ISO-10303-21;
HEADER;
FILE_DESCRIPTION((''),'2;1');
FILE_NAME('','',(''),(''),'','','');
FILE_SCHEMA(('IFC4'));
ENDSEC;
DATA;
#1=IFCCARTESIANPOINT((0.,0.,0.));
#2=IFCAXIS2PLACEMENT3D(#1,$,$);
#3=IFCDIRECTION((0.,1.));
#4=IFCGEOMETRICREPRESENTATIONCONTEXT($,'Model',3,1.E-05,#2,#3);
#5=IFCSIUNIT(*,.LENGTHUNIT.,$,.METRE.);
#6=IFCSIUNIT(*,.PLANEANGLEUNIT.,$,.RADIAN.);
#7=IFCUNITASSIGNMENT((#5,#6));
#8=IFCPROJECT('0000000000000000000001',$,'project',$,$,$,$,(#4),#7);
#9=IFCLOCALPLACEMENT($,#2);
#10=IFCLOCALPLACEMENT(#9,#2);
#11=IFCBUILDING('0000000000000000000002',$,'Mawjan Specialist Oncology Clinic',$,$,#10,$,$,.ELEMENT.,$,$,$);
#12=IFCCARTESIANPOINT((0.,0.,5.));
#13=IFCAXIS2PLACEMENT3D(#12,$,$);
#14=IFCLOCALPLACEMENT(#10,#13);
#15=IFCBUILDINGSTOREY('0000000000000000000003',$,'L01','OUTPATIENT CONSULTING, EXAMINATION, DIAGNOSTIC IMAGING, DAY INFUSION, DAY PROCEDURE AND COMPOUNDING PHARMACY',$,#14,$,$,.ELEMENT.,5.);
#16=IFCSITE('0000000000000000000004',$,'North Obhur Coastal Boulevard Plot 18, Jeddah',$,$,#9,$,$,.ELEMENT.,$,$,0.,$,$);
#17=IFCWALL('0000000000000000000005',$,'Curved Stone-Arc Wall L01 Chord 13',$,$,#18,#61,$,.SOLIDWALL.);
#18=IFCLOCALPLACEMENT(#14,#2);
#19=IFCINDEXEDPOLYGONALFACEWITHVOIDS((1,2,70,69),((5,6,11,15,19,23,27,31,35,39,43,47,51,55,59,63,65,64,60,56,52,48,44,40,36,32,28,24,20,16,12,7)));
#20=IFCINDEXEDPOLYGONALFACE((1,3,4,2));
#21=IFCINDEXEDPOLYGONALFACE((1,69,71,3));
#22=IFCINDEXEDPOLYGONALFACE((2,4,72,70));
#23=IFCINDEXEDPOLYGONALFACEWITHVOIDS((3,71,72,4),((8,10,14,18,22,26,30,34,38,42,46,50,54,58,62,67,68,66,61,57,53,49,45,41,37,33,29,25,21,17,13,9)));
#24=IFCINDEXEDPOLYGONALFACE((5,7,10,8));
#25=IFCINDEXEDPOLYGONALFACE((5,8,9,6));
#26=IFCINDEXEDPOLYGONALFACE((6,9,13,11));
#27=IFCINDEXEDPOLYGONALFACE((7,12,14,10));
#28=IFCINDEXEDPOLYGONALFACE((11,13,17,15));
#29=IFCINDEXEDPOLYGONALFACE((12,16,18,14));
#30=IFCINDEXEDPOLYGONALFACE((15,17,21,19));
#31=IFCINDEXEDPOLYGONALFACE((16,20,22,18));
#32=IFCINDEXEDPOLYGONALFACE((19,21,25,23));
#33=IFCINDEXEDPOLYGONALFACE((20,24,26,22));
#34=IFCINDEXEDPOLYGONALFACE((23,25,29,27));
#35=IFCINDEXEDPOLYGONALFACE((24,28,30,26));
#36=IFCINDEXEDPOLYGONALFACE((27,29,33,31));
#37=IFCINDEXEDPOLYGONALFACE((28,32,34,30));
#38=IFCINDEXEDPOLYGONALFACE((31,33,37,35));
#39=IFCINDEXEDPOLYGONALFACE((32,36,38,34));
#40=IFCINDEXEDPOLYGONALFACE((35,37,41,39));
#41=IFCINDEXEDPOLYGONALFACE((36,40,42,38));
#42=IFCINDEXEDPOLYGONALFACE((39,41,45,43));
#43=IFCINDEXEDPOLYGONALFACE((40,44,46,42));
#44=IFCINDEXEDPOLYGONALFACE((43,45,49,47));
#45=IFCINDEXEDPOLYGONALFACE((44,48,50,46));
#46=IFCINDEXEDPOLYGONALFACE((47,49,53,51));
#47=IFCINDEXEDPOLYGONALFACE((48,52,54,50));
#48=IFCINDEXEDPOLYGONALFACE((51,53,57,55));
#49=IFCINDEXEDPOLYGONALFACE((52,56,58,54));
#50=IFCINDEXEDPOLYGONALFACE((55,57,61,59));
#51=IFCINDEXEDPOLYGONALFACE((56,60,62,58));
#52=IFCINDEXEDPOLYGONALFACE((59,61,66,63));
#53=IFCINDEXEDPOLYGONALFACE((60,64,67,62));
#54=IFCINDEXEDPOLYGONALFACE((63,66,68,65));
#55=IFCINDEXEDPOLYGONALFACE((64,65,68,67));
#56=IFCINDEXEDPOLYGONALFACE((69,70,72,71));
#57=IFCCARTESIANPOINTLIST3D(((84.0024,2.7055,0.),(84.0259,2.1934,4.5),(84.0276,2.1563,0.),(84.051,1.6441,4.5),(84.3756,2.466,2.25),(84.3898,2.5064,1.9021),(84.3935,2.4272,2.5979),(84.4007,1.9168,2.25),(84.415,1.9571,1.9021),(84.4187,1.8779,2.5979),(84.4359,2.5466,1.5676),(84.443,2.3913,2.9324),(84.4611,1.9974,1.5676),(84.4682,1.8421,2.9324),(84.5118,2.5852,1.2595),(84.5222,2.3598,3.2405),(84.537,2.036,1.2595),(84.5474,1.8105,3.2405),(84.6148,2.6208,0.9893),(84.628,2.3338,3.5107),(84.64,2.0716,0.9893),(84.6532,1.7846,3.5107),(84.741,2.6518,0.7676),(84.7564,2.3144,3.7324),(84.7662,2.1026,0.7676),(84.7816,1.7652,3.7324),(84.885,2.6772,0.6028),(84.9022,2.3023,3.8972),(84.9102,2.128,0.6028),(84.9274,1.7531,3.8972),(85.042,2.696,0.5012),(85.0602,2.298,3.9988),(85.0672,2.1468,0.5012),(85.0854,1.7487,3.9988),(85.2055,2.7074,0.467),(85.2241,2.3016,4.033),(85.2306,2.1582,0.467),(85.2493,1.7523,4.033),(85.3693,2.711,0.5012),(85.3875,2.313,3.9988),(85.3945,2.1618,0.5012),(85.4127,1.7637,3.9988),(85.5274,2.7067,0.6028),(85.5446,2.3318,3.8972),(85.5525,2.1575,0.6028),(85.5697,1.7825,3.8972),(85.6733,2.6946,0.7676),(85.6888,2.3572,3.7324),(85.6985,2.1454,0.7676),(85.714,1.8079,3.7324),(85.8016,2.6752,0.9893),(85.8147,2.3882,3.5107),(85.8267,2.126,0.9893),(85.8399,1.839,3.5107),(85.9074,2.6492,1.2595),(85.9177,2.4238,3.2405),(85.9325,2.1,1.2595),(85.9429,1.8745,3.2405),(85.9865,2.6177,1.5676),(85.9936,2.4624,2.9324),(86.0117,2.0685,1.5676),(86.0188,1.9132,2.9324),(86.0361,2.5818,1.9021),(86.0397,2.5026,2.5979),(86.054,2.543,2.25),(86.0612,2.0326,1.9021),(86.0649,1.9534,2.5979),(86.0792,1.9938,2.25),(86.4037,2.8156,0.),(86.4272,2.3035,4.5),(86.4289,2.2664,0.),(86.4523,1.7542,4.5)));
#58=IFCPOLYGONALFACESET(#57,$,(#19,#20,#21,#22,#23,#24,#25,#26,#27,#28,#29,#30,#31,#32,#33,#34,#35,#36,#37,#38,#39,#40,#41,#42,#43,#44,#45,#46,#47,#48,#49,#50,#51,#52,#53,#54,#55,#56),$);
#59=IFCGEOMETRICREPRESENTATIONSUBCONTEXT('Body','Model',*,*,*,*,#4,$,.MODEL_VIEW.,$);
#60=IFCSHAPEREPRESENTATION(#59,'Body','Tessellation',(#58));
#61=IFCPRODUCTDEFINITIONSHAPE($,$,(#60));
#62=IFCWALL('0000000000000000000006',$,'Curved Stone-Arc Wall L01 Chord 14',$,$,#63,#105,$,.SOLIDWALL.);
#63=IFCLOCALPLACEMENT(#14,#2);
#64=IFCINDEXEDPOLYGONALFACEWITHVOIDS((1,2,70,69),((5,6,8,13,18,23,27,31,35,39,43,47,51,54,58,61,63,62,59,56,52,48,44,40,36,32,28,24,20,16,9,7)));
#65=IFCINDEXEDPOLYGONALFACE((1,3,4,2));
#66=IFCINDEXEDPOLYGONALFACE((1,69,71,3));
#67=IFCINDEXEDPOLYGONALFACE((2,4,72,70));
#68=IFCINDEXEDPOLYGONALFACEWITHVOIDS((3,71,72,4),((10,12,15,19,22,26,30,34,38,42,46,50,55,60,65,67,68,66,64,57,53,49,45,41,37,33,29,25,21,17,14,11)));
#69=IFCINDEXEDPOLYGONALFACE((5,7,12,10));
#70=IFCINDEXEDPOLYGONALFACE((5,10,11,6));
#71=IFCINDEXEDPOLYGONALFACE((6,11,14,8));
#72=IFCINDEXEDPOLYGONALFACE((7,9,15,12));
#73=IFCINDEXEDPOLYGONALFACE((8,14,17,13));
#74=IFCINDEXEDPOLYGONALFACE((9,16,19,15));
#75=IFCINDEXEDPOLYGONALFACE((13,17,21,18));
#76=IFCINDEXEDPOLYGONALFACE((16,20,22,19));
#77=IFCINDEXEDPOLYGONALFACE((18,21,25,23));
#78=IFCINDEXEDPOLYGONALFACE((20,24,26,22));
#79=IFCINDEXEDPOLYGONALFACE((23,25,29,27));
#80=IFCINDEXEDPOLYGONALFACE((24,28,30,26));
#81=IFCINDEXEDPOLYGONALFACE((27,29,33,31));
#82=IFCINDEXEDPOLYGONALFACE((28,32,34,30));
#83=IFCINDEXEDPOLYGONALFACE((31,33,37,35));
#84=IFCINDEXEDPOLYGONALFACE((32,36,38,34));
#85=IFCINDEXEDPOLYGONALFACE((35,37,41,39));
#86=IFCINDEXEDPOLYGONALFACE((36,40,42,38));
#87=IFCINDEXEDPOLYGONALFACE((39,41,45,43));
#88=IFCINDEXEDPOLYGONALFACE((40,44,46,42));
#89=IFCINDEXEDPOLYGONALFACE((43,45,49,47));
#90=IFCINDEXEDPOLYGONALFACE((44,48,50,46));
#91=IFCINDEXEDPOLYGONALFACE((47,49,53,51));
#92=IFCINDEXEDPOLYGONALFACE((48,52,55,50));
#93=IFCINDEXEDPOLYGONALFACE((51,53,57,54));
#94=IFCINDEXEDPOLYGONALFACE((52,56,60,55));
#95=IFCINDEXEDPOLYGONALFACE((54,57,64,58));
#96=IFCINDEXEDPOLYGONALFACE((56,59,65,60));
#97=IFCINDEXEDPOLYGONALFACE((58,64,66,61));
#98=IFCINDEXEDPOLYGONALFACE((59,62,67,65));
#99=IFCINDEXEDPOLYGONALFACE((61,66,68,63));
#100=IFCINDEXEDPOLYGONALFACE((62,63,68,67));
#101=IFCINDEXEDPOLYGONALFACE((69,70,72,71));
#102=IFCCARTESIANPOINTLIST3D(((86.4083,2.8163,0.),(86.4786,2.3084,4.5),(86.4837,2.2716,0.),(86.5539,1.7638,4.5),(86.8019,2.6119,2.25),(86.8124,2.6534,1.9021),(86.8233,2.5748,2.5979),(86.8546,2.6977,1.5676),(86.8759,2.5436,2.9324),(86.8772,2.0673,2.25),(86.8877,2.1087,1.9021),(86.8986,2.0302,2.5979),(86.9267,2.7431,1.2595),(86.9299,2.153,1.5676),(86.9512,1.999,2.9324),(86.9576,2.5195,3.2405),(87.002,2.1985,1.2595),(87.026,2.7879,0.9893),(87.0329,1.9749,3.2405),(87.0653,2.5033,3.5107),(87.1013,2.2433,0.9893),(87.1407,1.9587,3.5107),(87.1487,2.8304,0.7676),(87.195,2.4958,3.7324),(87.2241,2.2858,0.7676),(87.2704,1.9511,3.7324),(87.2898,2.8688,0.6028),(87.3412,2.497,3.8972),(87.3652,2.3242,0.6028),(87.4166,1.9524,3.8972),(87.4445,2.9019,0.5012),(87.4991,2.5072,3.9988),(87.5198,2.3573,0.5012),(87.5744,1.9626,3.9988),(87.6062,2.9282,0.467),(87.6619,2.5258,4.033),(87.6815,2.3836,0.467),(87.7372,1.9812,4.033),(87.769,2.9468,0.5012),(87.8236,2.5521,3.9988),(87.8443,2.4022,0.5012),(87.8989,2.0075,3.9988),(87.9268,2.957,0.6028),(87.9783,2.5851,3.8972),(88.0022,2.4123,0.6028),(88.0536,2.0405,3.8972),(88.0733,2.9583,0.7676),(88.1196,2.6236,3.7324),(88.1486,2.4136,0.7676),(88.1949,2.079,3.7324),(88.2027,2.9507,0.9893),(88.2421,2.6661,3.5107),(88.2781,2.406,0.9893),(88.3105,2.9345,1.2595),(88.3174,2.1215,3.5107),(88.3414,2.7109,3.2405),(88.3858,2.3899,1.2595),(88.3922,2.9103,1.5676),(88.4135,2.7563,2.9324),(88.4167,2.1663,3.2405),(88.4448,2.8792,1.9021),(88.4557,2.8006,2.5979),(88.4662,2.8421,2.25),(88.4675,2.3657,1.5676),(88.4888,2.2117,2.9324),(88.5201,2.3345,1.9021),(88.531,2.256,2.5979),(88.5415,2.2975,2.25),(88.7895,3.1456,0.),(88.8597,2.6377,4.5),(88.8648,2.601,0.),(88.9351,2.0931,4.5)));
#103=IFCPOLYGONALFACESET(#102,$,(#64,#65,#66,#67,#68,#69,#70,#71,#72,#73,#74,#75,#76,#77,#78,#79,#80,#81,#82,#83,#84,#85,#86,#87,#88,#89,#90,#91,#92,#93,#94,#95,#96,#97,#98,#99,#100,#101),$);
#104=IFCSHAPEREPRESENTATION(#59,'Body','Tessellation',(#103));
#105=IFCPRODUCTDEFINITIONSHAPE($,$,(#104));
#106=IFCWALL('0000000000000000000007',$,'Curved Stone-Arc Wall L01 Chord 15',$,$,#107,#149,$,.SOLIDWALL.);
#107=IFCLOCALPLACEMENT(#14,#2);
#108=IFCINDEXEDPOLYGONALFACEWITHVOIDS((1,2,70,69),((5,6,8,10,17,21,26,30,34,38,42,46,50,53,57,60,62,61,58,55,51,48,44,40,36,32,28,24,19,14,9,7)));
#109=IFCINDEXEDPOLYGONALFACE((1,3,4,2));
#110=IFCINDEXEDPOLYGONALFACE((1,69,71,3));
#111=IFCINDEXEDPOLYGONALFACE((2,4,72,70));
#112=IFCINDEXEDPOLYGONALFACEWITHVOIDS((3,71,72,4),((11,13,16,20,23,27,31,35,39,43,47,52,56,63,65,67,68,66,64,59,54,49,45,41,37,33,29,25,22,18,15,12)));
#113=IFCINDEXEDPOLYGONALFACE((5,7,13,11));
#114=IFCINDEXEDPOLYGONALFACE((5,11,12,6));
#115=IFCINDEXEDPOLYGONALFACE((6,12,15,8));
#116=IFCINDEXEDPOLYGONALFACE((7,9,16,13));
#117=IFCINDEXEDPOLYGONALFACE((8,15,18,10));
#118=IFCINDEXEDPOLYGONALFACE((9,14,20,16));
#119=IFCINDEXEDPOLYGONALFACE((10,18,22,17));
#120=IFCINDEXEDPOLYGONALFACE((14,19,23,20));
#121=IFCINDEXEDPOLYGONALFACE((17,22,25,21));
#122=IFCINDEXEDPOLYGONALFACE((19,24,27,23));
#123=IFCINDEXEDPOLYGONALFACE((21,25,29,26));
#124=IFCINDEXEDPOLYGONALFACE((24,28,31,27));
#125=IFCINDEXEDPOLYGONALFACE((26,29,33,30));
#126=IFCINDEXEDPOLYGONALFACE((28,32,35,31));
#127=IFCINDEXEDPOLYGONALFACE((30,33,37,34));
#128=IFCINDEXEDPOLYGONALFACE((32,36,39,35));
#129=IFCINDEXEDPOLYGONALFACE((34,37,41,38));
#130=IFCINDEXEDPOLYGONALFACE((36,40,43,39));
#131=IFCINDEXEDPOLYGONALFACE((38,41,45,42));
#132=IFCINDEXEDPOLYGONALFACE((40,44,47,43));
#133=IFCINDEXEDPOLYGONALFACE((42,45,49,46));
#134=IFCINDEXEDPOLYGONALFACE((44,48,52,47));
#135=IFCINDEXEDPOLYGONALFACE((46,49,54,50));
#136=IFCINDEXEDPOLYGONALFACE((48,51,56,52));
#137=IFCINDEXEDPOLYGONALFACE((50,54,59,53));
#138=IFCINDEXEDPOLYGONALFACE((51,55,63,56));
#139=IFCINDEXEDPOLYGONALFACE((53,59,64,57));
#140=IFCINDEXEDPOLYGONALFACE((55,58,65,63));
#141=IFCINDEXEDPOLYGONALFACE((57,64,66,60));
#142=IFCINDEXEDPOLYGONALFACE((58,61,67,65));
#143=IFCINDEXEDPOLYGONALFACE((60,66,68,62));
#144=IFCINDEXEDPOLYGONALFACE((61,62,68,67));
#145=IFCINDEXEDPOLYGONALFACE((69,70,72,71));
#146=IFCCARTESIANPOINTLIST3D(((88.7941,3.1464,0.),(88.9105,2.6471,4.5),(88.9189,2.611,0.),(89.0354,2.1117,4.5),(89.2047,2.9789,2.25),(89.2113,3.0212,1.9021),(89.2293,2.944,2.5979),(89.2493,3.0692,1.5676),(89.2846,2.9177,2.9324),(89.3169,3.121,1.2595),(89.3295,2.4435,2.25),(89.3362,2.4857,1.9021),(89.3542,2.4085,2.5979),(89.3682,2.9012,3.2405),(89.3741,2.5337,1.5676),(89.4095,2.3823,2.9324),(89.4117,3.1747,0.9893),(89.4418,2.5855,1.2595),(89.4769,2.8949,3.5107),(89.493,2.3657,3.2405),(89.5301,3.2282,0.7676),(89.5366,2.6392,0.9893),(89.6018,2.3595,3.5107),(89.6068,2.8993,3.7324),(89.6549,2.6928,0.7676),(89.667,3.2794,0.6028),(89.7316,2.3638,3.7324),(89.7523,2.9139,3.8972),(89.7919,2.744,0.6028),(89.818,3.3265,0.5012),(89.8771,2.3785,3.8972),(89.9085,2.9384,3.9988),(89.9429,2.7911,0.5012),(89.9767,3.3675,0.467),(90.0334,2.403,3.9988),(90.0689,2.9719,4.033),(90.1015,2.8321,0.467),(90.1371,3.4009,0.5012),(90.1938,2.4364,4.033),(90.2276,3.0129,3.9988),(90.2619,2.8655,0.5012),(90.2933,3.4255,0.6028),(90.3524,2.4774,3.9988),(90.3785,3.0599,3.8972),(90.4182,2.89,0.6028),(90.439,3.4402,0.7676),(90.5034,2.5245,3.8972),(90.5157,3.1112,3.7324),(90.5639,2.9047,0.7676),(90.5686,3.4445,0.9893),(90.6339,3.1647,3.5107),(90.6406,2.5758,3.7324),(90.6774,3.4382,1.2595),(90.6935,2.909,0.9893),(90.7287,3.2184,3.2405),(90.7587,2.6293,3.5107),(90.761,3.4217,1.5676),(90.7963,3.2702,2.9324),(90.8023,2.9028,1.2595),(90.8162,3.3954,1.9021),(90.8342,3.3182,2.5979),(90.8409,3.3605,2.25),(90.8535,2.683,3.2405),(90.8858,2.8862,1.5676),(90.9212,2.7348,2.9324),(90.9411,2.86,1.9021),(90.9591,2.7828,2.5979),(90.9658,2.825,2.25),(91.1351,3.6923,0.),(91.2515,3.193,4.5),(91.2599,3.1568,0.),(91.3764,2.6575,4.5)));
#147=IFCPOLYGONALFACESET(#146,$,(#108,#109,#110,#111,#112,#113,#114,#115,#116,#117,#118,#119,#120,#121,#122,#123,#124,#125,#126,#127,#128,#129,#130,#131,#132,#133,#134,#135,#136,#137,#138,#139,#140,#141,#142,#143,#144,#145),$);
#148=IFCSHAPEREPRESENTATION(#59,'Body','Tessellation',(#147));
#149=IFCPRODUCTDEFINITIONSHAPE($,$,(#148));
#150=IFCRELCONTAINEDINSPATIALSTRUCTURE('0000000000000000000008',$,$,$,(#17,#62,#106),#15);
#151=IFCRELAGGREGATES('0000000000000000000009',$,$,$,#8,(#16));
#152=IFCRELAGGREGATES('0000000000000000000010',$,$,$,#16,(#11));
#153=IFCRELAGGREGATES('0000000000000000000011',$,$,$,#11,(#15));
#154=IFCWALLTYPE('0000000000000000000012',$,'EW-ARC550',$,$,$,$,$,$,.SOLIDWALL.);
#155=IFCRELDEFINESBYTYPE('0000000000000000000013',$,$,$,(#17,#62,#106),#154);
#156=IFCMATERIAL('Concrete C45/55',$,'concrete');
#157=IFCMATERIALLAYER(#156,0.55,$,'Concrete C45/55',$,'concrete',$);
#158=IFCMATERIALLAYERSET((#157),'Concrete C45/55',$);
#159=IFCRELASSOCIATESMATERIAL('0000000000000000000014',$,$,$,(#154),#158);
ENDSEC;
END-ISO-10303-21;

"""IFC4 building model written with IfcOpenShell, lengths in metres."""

from ifc_helpers import new_model, si_unit, direction, frame, origin, place, context, subcontext, project, spatial, polyline, outline, extrude, material, layer, layer_set, type_object, element, save


model = new_model("IFC4")

# Units and contexts
model_context = context("Model", 3, precision=1e-05, world=origin(), true_north=direction((0.0, 1.0)))
body_context = subcontext(model_context, "Body", "Model", "MODEL_VIEW")
ifc_project = project(units=[si_unit("LENGTHUNIT", "METRE"), si_unit("PLANEANGLEUNIT", "RADIAN")], contexts=[model_context])

# Site, building, storey
site_placement = place(None, origin())
site = spatial("IfcSite", under=ifc_project, at=site_placement, Name="North Obhur Coastal Boulevard Plot 18, Jeddah", CompositionType="ELEMENT", RefElevation=0.0)
building_placement = place(site_placement, origin())
building = spatial("IfcBuilding", under=site, at=building_placement, Name="Mawjan Specialist Oncology Clinic", CompositionType="ELEMENT")
storey_placement = place(building_placement, frame((0.0, 0.0, 5.0)))
storey = spatial("IfcBuildingStorey", under=building, at=storey_placement, Name="L01", Description="OUTPATIENT CONSULTING, EXAMINATION, DIAGNOSTIC IMAGING, DAY INFUSION, DAY PROCEDURE AND COMPOUNDING PHARMACY", CompositionType="ELEMENT", Elevation=5.0)

# Walls, openings
ifc_material_1 = material(Name="Concrete C45/55", Category="concrete")
ifc_layer = layer(ifc_material_1, 0.55, Name="Concrete C45/55", Category="concrete")
ifc_layer_set = layer_set([ifc_layer], Name="Concrete C45/55")
wall_type = type_object("IfcWallType", Name="EW-ARC550", PredefinedType="SOLIDWALL", material=ifc_layer_set)
wall_1_placement = place(storey_placement, frame((86.4163, 2.541, 0.0), z_axis=(0.0, 0.0, 1.0), x_axis=(-0.99895, -0.045804, 0.0)))
wall_1 = element("IfcWall", 1, at=wall_1_placement, inside=storey, type_object=wall_type, Name="Curved Stone-Arc Wall L01 Chord 13", PredefinedType="SOLIDWALL", context=body_context, shape_type="SweptSolid", body=[
    extrude(outline(polyline([(-0.2749, 0.0), (0.2749, 0.0), (0.7876, 4.5), (0.2378, 4.5), (-0.2749, 0.0)])), frame((0.0, 0.0, 0.0), z_axis=(1.0, 0.0, 0.0), x_axis=(0.0, 1.0, 0.0)), (0.0, 0.0, 1.0), 2.4038),
])
opening_1_placement = place(wall_1_placement, origin())
element("IfcOpeningElement", 2, at=opening_1_placement, cuts=wall_1, PredefinedType="OPENING", context=body_context, shape_type="SweptSolid", body=[
    extrude(outline(polyline([(2.042, 2.25), (2.0259, 2.5979), (1.978, 2.9324), (1.9004, 3.2405), (1.7959, 3.5107), (1.6685, 3.7324), (1.5234, 3.8972), (1.3657, 3.9988), (1.2019, 4.033), (1.0381, 3.9988), (0.8804, 3.8972), (0.7351, 3.7324), (0.6079, 3.5107), (0.5034, 3.2405), (0.4258, 2.9324), (0.3779, 2.5979), (0.3618, 2.25), (0.3779, 1.9021), (0.4258, 1.5676), (0.5034, 1.2595), (0.6079, 0.9893), (0.7351, 0.7676), (0.8804, 0.6028), (1.0381, 0.5012), (1.2019, 0.467), (1.3657, 0.5012), (1.5234, 0.6028), (1.6685, 0.7676), (1.7959, 0.9893), (1.9004, 1.2595), (1.978, 1.5676), (2.0259, 1.9021), (2.042, 2.25)])), frame((0.0, 0.8076, 0.0), z_axis=(0.0, -1.0, 0.0), x_axis=(1.0, 0.0, 0.0)), (0.0, 0.0, 1.0), 1.1028),
])
wall_2_placement = place(storey_placement, frame((88.8271, 2.8733, 0.0), z_axis=(0.0, 0.0, 1.0), x_axis=(-0.990569, -0.137012, 0.0)))
wall_2 = element("IfcWall", 3, at=wall_2_placement, inside=storey, type_object=wall_type, Name="Curved Stone-Arc Wall L01 Chord 14", PredefinedType="SOLIDWALL", context=body_context, shape_type="SweptSolid", body=[
    extrude(outline(polyline([(-0.2749, 0.0), (0.2749, 0.0), (0.7876, 4.5), (0.2378, 4.5), (-0.2749, 0.0)])), frame((0.0, 0.0, 0.0), z_axis=(1.0, 0.0, 0.0), x_axis=(0.0, 1.0, 0.0)), (0.0, 0.0, 1.0), 2.4038),
])
opening_2_placement = place(wall_2_placement, origin())
element("IfcOpeningElement", 4, at=opening_2_placement, cuts=wall_2, PredefinedType="OPENING", context=body_context, shape_type="SweptSolid", body=[
    extrude(outline(polyline([(2.042, 2.25), (2.0259, 2.5979), (1.978, 2.9324), (1.9004, 3.2405), (1.7959, 3.5107), (1.6685, 3.7324), (1.5234, 3.8972), (1.3657, 3.9988), (1.2019, 4.033), (1.0381, 3.9988), (0.8804, 3.8972), (0.7351, 3.7324), (0.6079, 3.5107), (0.5034, 3.2405), (0.4258, 2.9324), (0.3779, 2.5979), (0.3618, 2.25), (0.3779, 1.9021), (0.4258, 1.5676), (0.5034, 1.2595), (0.6079, 0.9893), (0.7351, 0.7676), (0.8804, 0.6028), (1.0381, 0.5012), (1.2019, 0.467), (1.3657, 0.5012), (1.5234, 0.6028), (1.6685, 0.7676), (1.7959, 0.9893), (1.9004, 1.2595), (1.978, 1.5676), (2.0259, 1.9021), (2.042, 2.25)])), frame((0.0, 0.8076, 0.0), z_axis=(0.0, -1.0, 0.0), x_axis=(1.0, 0.0, 0.0)), (0.0, 0.0, 1.0), 1.1028),
])
wall_3_placement = place(storey_placement, frame((91.1975, 3.4246, 0.0), z_axis=(0.0, 0.0, 1.0), x_axis=(-0.973873, -0.227092, 0.0)))
wall_3 = element("IfcWall", 5, at=wall_3_placement, inside=storey, type_object=wall_type, Name="Curved Stone-Arc Wall L01 Chord 15", PredefinedType="SOLIDWALL", context=body_context, shape_type="SweptSolid", body=[
    extrude(outline(polyline([(-0.2749, 0.0), (0.2749, 0.0), (0.7876, 4.5), (0.2378, 4.5), (-0.2749, 0.0)])), frame((0.0, 0.0, 0.0), z_axis=(1.0, 0.0, 0.0), x_axis=(0.0, 1.0, 0.0)), (0.0, 0.0, 1.0), 2.4038),
])
opening_3_placement = place(wall_3_placement, origin())
element("IfcOpeningElement", 6, at=opening_3_placement, cuts=wall_3, PredefinedType="OPENING", context=body_context, shape_type="SweptSolid", body=[
    extrude(outline(polyline([(2.042, 2.25), (2.0259, 2.5979), (1.978, 2.9324), (1.9004, 3.2405), (1.7959, 3.5107), (1.6685, 3.7324), (1.5234, 3.8972), (1.3657, 3.9988), (1.2019, 4.033), (1.0381, 3.9988), (0.8804, 3.8972), (0.7351, 3.7324), (0.6079, 3.5107), (0.5034, 3.2405), (0.4258, 2.9324), (0.3779, 2.5979), (0.3618, 2.25), (0.3779, 1.9021), (0.4258, 1.5676), (0.5034, 1.2595), (0.6079, 0.9893), (0.7351, 0.7676), (0.8804, 0.6028), (1.0381, 0.5012), (1.2019, 0.467), (1.3657, 0.5012), (1.5234, 0.6028), (1.6685, 0.7676), (1.7959, 0.9893), (1.9004, 1.2595), (1.978, 1.5676), (2.0259, 1.9021), (2.042, 2.25)])), frame((0.0, 0.8076, 0.0), z_axis=(0.0, -1.0, 0.0), x_axis=(1.0, 0.0, 0.0)), (0.0, 0.0, 1.0), 1.1028),
])

save(model, "model.ifc")
